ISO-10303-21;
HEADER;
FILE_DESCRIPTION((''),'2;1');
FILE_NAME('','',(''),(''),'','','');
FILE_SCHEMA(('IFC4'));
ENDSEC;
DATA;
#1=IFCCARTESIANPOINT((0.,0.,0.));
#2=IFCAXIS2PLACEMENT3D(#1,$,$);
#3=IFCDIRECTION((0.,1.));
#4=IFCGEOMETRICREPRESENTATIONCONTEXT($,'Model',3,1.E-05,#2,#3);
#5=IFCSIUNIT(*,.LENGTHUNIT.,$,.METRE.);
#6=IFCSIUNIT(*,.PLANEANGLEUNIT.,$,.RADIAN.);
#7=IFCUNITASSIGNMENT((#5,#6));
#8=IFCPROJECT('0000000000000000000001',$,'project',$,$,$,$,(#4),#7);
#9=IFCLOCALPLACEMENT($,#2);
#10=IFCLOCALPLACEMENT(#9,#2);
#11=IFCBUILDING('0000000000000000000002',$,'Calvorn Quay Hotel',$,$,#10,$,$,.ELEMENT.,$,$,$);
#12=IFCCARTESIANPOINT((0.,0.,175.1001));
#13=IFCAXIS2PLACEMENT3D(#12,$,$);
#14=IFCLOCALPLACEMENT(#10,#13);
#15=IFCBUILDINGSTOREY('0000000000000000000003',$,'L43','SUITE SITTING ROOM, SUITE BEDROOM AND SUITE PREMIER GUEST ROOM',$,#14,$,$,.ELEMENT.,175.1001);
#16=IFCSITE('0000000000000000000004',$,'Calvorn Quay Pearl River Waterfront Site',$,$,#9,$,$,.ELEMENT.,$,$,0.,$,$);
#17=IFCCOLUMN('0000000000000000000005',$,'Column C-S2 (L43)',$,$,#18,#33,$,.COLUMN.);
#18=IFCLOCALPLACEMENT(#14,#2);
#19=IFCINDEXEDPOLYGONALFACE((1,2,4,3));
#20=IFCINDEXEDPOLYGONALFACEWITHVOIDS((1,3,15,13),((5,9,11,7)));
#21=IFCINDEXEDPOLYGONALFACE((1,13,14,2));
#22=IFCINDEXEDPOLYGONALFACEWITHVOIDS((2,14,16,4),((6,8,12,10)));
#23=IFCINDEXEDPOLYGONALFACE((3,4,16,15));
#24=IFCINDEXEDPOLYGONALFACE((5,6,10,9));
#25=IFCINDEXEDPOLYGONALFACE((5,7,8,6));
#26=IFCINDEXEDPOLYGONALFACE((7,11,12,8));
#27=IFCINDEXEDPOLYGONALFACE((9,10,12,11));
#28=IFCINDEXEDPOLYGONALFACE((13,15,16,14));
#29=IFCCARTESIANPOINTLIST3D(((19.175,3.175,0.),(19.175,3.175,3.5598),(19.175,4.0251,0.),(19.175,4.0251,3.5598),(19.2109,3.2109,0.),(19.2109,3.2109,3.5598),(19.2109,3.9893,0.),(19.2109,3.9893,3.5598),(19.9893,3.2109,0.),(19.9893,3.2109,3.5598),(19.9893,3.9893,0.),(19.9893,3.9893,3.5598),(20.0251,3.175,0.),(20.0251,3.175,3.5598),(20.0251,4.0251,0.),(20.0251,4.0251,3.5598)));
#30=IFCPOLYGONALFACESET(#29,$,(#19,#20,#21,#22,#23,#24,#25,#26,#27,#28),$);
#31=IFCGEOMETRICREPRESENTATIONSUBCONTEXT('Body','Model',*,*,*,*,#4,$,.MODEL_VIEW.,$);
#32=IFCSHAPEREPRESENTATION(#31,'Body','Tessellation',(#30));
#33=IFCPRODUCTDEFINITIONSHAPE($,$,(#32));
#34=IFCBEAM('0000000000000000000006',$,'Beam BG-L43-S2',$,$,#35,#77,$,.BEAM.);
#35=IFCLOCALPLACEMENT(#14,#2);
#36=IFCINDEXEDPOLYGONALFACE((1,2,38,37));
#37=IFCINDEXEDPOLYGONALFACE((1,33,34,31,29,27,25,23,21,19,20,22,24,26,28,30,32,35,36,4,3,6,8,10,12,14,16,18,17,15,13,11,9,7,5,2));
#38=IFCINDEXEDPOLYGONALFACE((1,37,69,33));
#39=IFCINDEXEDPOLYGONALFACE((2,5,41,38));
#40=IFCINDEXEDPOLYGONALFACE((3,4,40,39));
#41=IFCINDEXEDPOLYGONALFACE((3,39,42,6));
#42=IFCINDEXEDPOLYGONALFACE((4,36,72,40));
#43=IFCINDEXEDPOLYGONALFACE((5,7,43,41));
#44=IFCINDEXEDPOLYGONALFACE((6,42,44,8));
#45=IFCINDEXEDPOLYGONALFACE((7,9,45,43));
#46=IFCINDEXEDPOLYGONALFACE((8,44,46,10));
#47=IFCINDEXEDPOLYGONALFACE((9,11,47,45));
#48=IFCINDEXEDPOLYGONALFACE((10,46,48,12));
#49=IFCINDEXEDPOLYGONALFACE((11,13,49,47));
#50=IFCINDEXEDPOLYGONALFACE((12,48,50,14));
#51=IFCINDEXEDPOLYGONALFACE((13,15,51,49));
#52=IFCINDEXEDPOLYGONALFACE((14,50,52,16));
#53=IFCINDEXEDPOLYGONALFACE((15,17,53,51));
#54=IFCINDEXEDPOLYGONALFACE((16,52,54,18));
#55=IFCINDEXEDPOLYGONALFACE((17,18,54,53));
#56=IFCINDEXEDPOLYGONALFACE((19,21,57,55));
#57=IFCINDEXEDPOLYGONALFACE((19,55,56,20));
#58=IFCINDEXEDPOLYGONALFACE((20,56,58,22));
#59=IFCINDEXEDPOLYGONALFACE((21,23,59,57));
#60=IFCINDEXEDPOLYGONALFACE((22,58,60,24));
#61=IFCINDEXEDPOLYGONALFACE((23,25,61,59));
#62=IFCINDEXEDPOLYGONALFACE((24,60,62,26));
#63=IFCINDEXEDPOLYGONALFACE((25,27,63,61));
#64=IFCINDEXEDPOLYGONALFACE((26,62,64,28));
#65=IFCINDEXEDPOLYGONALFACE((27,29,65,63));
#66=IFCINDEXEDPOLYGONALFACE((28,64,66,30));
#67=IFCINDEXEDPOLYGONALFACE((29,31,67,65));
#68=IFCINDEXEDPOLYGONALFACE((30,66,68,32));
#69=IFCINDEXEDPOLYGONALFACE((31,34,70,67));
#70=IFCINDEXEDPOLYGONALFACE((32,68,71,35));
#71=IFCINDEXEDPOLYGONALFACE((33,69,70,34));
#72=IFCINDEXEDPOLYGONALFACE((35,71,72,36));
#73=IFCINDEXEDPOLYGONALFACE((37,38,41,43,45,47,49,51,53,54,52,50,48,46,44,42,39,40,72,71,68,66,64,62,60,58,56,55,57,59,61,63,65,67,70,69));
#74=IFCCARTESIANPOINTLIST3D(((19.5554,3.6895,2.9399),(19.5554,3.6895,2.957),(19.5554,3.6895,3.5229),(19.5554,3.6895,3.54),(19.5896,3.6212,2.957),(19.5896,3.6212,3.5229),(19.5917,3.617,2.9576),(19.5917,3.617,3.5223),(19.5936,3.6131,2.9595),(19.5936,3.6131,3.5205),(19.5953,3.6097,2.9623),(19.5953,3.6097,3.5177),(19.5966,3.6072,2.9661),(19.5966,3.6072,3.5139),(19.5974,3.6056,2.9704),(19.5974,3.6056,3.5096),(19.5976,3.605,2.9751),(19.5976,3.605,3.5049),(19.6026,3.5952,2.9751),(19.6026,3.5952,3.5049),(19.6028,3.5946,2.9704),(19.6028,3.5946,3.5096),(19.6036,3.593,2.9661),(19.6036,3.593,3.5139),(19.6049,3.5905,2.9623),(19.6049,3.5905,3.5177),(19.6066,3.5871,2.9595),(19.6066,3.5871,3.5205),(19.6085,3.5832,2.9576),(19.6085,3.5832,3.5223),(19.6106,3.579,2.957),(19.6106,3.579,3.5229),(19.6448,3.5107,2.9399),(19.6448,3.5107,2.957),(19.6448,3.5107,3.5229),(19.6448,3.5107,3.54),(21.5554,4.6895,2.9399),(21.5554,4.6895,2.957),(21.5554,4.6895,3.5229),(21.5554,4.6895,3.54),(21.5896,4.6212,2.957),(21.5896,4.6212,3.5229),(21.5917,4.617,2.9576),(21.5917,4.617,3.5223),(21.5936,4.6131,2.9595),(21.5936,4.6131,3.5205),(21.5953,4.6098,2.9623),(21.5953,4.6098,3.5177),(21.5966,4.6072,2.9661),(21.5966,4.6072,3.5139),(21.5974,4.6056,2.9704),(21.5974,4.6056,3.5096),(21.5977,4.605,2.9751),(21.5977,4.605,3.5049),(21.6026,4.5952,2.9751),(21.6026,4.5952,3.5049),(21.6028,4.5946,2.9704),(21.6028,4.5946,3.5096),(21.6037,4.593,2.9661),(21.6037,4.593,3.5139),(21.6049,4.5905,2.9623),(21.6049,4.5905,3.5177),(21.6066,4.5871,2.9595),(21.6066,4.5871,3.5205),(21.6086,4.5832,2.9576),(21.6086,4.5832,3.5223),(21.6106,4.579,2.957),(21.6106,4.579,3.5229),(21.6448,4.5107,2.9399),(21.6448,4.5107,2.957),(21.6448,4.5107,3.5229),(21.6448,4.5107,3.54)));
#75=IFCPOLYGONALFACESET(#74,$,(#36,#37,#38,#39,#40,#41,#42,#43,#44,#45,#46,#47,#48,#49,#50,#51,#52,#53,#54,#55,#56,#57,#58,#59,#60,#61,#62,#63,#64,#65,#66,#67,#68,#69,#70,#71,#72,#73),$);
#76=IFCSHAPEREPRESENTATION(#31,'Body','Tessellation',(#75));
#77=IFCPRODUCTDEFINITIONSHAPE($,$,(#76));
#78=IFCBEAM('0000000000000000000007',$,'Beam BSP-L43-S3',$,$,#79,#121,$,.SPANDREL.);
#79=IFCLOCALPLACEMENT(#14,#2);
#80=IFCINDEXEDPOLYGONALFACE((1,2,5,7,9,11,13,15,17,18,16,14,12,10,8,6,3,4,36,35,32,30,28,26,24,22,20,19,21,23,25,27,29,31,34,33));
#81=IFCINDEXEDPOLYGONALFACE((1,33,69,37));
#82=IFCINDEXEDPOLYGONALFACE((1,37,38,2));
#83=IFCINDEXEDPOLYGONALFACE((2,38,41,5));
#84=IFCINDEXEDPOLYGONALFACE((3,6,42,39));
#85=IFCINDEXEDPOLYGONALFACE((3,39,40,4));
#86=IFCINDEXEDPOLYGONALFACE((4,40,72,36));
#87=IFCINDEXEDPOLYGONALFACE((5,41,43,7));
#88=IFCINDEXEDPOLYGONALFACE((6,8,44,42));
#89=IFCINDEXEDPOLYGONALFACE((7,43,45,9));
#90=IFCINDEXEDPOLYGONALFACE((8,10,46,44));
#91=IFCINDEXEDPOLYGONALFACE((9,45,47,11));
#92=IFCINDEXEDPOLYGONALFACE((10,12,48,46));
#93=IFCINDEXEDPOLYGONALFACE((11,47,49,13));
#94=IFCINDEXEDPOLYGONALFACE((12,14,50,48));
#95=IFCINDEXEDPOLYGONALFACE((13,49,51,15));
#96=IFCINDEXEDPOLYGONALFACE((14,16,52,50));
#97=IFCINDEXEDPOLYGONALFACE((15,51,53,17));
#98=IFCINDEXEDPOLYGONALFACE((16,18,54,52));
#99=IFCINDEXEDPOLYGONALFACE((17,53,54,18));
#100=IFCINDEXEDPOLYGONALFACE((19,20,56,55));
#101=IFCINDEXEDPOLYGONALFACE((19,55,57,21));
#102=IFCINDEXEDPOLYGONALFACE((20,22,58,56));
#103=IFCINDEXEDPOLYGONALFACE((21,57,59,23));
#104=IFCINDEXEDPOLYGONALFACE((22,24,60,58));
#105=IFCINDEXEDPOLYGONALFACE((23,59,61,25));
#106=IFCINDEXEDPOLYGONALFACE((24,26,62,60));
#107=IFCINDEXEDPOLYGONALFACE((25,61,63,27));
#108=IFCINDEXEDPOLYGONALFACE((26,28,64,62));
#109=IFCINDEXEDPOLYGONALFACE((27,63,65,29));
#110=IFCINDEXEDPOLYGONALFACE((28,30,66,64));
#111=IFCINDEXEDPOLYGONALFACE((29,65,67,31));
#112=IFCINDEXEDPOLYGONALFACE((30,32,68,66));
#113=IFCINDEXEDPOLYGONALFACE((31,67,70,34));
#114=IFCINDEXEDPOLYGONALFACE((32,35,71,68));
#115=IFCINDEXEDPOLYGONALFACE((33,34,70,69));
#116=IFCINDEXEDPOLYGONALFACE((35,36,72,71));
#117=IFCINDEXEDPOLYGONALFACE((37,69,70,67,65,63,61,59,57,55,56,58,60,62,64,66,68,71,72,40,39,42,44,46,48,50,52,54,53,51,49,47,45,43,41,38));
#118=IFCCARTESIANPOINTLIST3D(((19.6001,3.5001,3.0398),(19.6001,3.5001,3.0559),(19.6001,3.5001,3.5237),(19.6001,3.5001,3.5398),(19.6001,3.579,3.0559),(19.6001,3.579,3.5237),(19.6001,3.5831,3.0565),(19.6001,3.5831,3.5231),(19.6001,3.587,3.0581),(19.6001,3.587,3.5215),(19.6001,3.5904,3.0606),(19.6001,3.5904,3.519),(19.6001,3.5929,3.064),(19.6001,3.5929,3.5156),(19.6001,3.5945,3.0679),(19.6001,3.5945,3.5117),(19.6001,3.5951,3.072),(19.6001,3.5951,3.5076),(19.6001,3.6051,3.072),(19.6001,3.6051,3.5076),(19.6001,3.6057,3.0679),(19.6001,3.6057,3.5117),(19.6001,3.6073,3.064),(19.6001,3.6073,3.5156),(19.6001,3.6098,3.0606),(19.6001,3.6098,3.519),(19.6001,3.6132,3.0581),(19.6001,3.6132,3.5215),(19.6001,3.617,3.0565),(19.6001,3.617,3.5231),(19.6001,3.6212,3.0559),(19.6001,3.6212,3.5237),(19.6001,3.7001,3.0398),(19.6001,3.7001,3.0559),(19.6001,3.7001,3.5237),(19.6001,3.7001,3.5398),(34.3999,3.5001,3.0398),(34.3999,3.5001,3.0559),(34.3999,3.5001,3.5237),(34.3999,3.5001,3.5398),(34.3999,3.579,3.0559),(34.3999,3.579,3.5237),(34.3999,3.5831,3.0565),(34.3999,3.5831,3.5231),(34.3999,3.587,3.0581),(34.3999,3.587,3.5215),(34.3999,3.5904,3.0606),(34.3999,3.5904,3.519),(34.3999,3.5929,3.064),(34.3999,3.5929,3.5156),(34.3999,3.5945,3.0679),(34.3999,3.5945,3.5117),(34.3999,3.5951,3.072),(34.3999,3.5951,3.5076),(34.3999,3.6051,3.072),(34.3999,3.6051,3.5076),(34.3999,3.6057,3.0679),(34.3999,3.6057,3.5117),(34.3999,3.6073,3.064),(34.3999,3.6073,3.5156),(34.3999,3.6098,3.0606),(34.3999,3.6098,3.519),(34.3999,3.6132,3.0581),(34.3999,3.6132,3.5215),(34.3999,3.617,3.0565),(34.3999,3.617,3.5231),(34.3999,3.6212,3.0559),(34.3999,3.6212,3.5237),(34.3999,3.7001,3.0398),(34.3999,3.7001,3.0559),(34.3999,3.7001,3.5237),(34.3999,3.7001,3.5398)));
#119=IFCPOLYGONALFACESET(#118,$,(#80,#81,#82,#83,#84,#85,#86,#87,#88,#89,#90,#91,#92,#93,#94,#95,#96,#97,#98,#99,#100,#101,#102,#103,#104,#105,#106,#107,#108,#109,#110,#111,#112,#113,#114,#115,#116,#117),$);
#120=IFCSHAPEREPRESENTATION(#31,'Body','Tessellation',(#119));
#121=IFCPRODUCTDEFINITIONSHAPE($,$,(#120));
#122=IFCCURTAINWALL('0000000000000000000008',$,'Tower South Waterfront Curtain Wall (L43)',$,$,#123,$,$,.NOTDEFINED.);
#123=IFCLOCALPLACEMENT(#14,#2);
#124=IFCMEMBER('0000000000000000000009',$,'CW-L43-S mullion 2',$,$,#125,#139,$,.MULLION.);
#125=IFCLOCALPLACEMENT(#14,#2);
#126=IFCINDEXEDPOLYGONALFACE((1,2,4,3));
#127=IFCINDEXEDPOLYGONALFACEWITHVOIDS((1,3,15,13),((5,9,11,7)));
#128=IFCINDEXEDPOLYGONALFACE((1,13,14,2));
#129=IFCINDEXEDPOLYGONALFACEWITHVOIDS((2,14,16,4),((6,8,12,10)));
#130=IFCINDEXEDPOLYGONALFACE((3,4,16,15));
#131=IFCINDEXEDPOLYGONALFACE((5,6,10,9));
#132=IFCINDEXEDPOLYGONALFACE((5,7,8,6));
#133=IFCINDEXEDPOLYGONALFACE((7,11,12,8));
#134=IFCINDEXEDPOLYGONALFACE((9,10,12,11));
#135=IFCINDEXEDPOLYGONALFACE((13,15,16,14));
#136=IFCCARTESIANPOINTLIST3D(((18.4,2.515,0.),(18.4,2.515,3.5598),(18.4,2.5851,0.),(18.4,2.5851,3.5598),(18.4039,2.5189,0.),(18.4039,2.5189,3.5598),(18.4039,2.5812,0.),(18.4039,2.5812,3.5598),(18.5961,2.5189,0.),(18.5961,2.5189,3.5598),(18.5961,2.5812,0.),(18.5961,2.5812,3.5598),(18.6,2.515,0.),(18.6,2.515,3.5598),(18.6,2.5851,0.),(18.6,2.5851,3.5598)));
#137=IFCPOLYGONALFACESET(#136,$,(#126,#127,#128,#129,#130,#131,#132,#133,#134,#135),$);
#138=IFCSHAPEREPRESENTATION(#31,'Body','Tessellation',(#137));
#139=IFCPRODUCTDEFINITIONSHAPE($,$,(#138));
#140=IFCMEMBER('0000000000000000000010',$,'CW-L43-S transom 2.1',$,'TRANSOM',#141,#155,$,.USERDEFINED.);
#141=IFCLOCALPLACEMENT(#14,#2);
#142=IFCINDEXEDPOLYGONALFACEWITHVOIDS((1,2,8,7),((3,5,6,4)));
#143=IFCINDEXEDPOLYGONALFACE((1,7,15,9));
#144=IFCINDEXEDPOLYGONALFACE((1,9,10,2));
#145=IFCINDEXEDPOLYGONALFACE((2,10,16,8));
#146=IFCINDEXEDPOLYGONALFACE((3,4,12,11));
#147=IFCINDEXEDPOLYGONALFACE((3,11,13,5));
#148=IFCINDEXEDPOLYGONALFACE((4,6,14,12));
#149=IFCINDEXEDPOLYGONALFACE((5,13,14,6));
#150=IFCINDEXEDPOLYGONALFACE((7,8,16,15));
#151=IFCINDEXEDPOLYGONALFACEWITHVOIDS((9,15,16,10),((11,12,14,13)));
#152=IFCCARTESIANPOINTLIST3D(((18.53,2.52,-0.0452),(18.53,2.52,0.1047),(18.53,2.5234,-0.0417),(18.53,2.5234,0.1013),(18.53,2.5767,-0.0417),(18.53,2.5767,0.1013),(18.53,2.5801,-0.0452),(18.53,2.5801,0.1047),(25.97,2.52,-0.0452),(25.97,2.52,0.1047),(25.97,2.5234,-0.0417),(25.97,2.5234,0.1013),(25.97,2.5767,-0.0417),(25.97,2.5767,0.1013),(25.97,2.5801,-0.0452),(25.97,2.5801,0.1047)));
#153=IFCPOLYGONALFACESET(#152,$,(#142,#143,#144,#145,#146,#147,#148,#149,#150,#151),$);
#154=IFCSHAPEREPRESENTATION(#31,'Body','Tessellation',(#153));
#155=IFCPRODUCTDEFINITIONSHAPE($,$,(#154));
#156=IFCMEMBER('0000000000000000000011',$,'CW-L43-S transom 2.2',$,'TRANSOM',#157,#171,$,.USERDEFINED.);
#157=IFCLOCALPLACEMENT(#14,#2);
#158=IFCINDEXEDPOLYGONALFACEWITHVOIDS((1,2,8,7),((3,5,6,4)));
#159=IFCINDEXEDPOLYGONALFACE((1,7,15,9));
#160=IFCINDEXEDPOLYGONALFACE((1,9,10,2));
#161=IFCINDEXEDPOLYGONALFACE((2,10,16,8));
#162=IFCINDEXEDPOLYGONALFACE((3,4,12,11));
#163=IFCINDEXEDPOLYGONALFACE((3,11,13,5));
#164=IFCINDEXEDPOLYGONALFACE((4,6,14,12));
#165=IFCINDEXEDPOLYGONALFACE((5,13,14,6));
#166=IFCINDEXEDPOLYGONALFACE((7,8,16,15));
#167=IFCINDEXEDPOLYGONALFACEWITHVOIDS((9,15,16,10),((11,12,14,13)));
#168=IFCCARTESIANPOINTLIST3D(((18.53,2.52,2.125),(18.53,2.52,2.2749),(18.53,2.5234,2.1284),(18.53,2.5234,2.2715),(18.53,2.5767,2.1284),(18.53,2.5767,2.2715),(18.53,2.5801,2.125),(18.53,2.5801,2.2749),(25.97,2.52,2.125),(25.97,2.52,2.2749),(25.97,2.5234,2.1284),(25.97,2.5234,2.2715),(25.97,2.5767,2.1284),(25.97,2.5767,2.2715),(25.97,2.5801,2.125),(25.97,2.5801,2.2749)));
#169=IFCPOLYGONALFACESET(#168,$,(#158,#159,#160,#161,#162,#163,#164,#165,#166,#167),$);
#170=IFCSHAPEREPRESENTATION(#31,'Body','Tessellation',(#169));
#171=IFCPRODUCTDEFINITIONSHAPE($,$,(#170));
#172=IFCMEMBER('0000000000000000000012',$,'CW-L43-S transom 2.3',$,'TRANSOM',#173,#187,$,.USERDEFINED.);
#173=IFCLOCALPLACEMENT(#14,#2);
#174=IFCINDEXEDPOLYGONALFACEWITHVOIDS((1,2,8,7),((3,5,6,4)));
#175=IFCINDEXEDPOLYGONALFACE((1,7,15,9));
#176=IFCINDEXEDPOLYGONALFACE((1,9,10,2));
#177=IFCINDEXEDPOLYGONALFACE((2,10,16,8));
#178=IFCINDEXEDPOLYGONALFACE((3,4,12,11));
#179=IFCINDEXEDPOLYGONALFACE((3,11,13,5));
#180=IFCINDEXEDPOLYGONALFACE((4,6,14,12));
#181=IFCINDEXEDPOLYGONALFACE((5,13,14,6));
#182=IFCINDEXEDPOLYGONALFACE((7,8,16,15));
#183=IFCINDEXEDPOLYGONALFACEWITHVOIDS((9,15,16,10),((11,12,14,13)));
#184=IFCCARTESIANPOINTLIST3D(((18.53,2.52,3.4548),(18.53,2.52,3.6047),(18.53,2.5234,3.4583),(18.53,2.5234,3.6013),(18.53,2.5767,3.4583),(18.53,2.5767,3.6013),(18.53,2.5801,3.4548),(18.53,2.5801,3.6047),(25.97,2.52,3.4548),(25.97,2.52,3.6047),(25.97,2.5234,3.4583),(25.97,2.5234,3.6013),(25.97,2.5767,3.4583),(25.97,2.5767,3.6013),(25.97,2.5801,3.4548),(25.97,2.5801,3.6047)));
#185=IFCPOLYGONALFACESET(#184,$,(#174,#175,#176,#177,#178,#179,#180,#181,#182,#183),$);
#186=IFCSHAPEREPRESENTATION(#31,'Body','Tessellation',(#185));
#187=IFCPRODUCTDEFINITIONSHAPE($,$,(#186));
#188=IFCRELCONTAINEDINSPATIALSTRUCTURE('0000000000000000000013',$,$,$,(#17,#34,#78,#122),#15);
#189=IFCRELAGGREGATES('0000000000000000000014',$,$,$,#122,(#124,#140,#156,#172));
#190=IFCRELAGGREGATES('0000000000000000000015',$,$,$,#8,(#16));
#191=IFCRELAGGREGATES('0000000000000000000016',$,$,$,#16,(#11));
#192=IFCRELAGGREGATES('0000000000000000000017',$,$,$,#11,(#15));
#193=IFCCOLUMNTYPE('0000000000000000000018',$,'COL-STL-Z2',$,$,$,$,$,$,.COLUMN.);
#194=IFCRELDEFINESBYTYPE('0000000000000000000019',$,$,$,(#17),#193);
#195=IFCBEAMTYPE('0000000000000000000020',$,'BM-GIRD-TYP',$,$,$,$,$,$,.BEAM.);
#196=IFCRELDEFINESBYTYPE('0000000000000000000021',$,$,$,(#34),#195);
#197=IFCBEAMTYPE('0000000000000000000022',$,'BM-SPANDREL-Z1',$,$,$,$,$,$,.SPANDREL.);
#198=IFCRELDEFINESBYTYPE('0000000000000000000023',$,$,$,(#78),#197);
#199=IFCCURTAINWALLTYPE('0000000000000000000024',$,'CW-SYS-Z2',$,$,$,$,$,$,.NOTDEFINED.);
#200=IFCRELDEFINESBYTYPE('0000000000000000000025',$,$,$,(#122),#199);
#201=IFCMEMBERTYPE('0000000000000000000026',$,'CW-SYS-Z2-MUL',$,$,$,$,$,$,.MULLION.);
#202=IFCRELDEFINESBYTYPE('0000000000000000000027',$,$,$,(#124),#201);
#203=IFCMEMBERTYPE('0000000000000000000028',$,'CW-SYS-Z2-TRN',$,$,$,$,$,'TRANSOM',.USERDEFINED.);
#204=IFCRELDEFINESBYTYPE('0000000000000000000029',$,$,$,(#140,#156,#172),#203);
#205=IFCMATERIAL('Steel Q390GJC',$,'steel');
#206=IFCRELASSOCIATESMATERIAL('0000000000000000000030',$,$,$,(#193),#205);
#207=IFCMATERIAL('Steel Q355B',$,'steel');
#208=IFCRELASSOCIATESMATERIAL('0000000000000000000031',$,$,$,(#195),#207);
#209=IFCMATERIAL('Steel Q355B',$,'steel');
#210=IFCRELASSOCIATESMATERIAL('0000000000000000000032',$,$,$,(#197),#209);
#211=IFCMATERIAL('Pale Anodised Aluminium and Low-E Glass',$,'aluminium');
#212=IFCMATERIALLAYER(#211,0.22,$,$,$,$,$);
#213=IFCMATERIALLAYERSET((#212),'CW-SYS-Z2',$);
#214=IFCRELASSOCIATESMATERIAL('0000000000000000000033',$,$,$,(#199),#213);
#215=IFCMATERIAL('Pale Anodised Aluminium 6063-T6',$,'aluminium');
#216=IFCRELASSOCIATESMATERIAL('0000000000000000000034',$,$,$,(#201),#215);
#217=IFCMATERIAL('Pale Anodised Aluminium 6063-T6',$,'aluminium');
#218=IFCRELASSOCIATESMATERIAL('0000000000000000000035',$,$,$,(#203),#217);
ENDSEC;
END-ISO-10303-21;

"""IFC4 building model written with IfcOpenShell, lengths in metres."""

from ifc_helpers import new_model, si_unit, direction, frame, origin, origin_2d, place, context, subcontext, project, spatial, hollow_rectangle, i_section, extrude, material, layer, layer_set, material_profile, profile_set, type_object, element, aggregate, save


model = new_model("IFC4")

# Units and contexts
model_context = context("Model", 3, precision=1e-05, world=origin(), true_north=direction((0.0, 1.0)))
body_context = subcontext(model_context, "Body", "Model", "MODEL_VIEW")
ifc_project = project(units=[si_unit("LENGTHUNIT", "METRE"), si_unit("PLANEANGLEUNIT", "RADIAN")], contexts=[model_context])

# Site, building, storey
site_placement = place(None, origin())
site = spatial("IfcSite", under=ifc_project, at=site_placement, Name="Calvorn Quay Pearl River Waterfront Site", CompositionType="ELEMENT", RefElevation=0.0)
building_placement = place(site_placement, origin())
building = spatial("IfcBuilding", under=site, at=building_placement, Name="Calvorn Quay Hotel", CompositionType="ELEMENT")
storey_placement = place(building_placement, frame((0.0, 0.0, 175.1001)))
storey = spatial("IfcBuildingStorey", under=building, at=storey_placement, Name="L43", Description="SUITE SITTING ROOM, SUITE BEDROOM AND SUITE PREMIER GUEST ROOM", CompositionType="ELEMENT", Elevation=175.1001)

# Column
ifc_material_1 = material(Name="Steel Q390GJC", Category="steel")
ifc_material_profile_1 = material_profile(ifc_material_1, hollow_rectangle(XDim=0.8501, YDim=0.8501, WallThickness=0.0359, at=origin_2d()), Name="BOX850x850x36")
ifc_profile_set_1 = profile_set([ifc_material_profile_1], Name="Steel Q390GJC")
column_type = type_object("IfcColumnType", Name="COL-STL-Z2", PredefinedType="COLUMN", material=ifc_profile_set_1)
column_placement = place(storey_placement, frame((19.6001, 3.6001, 0.0), z_axis=(0.0, 0.0, 1.0), x_axis=(1.0, 0.0, 0.0)))
element("IfcColumn", 1, at=column_placement, inside=storey, type_object=column_type, Name="Column C-S2 (L43)", PredefinedType="COLUMN", context=body_context, shape_type="SweptSolid", body=[
    extrude(hollow_rectangle(XDim=0.8501, YDim=0.8501, WallThickness=0.0359, at=origin_2d()), origin(), (0.0, 0.0, 1.0), 3.5598),
])

# Beams
ifc_material_2 = material(Name="Steel Q355B", Category="steel")
ifc_material_profile_2 = material_profile(ifc_material_2, i_section(OverallWidth=0.2, OverallDepth=0.6001, WebThickness=0.011, FlangeThickness=0.0171, FilletRadius=0.0181, at=origin_2d()), Name="HN600x200x11x17")
ifc_profile_set_2 = profile_set([ifc_material_profile_2], Name="Steel Q355B")
beam_type_1 = type_object("IfcBeamType", Name="BM-GIRD-TYP", PredefinedType="BEAM", material=ifc_profile_set_2)
beam_1_placement = place(storey_placement, frame((19.6001, 3.6001, 3.24), z_axis=(0.894427, 0.447214, 0.0), x_axis=(-0.447214, 0.894427, 0.0)))
element("IfcBeam", 2, at=beam_1_placement, inside=storey, type_object=beam_type_1, Name="Beam BG-L43-S2", PredefinedType="BEAM", context=body_context, shape_type="SweptSolid", body=[
    extrude(i_section(OverallWidth=0.2, OverallDepth=0.6001, WebThickness=0.011, FlangeThickness=0.0171, FilletRadius=0.0181, at=origin_2d()), origin(), (0.0, 0.0, 1.0), 2.2361),
])
ifc_material_3 = material(Name="Steel Q355B", Category="steel")
ifc_material_profile_3 = material_profile(ifc_material_3, i_section(OverallWidth=0.2, OverallDepth=0.5, WebThickness=0.01, FlangeThickness=0.0161, FilletRadius=0.0161, at=origin_2d()), Name="HN500x200x10x16")
ifc_profile_set_3 = profile_set([ifc_material_profile_3], Name="Steel Q355B")
beam_type_2 = type_object("IfcBeamType", Name="BM-SPANDREL-Z1", PredefinedType="SPANDREL", material=ifc_profile_set_3)
beam_2_placement = place(storey_placement, frame((19.6001, 3.6001, 3.2898), z_axis=(1.0, 0.0, 0.0), x_axis=(0.0, 1.0, 0.0)))
element("IfcBeam", 3, at=beam_2_placement, inside=storey, type_object=beam_type_2, Name="Beam BSP-L43-S3", PredefinedType="SPANDREL", context=body_context, shape_type="SweptSolid", body=[
    extrude(i_section(OverallWidth=0.2, OverallDepth=0.5, WebThickness=0.01, FlangeThickness=0.0161, FilletRadius=0.0161, at=origin_2d()), origin(), (0.0, 0.0, 1.0), 14.7998),
])

# Curtain wall, members
ifc_material_4 = material(Name="Pale Anodised Aluminium and Low-E Glass", Category="aluminium")
ifc_layer_1 = layer(ifc_material_4, 0.22)
ifc_layer_set_1 = layer_set([ifc_layer_1], Name="CW-SYS-Z2")
curtain_wall_type = type_object("IfcCurtainWallType", Name="CW-SYS-Z2", PredefinedType="NOTDEFINED", material=ifc_layer_set_1)
curtain_wall_placement = place(storey_placement, origin())
curtain_wall = element("IfcCurtainWall", 4, at=curtain_wall_placement, inside=storey, type_object=curtain_wall_type, Name="Tower South Waterfront Curtain Wall (L43)", PredefinedType="NOTDEFINED")
ifc_material_5 = material(Name="Pale Anodised Aluminium 6063-T6", Category="aluminium")
ifc_material_profile_4 = material_profile(ifc_material_5, hollow_rectangle(XDim=0.0701, YDim=0.2, WallThickness=0.0039, at=origin_2d()), Name="ALU-M200x70x4")
ifc_profile_set_4 = profile_set([ifc_material_profile_4], Name="Pale Anodised Aluminium 6063-T6")
member_type_1 = type_object("IfcMemberType", Name="CW-SYS-Z2-MUL", PredefinedType="MULLION", material=ifc_profile_set_4)
member_1_placement = place(storey_placement, frame((18.5, 2.55, 0.0), z_axis=(0.0, 0.0, 1.0), x_axis=(0.0, 1.0, 0.0)))
member_1 = element("IfcMember", 5, at=member_1_placement, type_object=member_type_1, Name="CW-L43-S mullion 2", PredefinedType="MULLION", context=body_context, shape_type="SweptSolid", body=[
    extrude(hollow_rectangle(XDim=0.0701, YDim=0.2, WallThickness=0.0039, at=origin_2d()), origin(), (0.0, 0.0, 1.0), 3.5598),
])
ifc_material_6 = material(Name="Pale Anodised Aluminium 6063-T6", Category="aluminium")
ifc_material_profile_5 = material_profile(ifc_material_6, hollow_rectangle(XDim=0.0601, YDim=0.1499, WallThickness=0.0034, at=origin_2d()), Name="ALU-T150x60x3.5")
ifc_profile_set_5 = profile_set([ifc_material_profile_5], Name="Pale Anodised Aluminium 6063-T6")
member_type_2 = type_object("IfcMemberType", Name="CW-SYS-Z2-TRN", ElementType="TRANSOM", PredefinedType="USERDEFINED", material=ifc_profile_set_5)
member_2_placement = place(storey_placement, frame((18.53, 2.55, 0.0298), z_axis=(1.0, 0.0, 0.0), x_axis=(0.0, 1.0, 0.0)))
member_2 = element("IfcMember", 6, at=member_2_placement, type_object=member_type_2, Name="CW-L43-S transom 2.1", ObjectType="TRANSOM", PredefinedType="USERDEFINED", context=body_context, shape_type="SweptSolid", body=[
    extrude(hollow_rectangle(XDim=0.0601, YDim=0.1499, WallThickness=0.0034, at=origin_2d()), origin(), (0.0, 0.0, 1.0), 7.4399),
])
member_3_placement = place(storey_placement, frame((18.53, 2.55, 2.2), z_axis=(1.0, 0.0, 0.0), x_axis=(0.0, 1.0, 0.0)))
member_3 = element("IfcMember", 7, at=member_3_placement, type_object=member_type_2, Name="CW-L43-S transom 2.2", ObjectType="TRANSOM", PredefinedType="USERDEFINED", context=body_context, shape_type="SweptSolid", body=[
    extrude(hollow_rectangle(XDim=0.0601, YDim=0.1499, WallThickness=0.0034, at=origin_2d()), origin(), (0.0, 0.0, 1.0), 7.4399),
])
member_4_placement = place(storey_placement, frame((18.53, 2.55, 3.5298), z_axis=(1.0, 0.0, 0.0), x_axis=(0.0, 1.0, 0.0)))
member_4 = element("IfcMember", 8, at=member_4_placement, type_object=member_type_2, Name="CW-L43-S transom 2.3", ObjectType="TRANSOM", PredefinedType="USERDEFINED", context=body_context, shape_type="SweptSolid", body=[
    extrude(hollow_rectangle(XDim=0.0601, YDim=0.1499, WallThickness=0.0034, at=origin_2d()), origin(), (0.0, 0.0, 1.0), 7.4399),
])
aggregate(curtain_wall, [member_1, member_2, member_3, member_4])

save(model, "model.ifc")
